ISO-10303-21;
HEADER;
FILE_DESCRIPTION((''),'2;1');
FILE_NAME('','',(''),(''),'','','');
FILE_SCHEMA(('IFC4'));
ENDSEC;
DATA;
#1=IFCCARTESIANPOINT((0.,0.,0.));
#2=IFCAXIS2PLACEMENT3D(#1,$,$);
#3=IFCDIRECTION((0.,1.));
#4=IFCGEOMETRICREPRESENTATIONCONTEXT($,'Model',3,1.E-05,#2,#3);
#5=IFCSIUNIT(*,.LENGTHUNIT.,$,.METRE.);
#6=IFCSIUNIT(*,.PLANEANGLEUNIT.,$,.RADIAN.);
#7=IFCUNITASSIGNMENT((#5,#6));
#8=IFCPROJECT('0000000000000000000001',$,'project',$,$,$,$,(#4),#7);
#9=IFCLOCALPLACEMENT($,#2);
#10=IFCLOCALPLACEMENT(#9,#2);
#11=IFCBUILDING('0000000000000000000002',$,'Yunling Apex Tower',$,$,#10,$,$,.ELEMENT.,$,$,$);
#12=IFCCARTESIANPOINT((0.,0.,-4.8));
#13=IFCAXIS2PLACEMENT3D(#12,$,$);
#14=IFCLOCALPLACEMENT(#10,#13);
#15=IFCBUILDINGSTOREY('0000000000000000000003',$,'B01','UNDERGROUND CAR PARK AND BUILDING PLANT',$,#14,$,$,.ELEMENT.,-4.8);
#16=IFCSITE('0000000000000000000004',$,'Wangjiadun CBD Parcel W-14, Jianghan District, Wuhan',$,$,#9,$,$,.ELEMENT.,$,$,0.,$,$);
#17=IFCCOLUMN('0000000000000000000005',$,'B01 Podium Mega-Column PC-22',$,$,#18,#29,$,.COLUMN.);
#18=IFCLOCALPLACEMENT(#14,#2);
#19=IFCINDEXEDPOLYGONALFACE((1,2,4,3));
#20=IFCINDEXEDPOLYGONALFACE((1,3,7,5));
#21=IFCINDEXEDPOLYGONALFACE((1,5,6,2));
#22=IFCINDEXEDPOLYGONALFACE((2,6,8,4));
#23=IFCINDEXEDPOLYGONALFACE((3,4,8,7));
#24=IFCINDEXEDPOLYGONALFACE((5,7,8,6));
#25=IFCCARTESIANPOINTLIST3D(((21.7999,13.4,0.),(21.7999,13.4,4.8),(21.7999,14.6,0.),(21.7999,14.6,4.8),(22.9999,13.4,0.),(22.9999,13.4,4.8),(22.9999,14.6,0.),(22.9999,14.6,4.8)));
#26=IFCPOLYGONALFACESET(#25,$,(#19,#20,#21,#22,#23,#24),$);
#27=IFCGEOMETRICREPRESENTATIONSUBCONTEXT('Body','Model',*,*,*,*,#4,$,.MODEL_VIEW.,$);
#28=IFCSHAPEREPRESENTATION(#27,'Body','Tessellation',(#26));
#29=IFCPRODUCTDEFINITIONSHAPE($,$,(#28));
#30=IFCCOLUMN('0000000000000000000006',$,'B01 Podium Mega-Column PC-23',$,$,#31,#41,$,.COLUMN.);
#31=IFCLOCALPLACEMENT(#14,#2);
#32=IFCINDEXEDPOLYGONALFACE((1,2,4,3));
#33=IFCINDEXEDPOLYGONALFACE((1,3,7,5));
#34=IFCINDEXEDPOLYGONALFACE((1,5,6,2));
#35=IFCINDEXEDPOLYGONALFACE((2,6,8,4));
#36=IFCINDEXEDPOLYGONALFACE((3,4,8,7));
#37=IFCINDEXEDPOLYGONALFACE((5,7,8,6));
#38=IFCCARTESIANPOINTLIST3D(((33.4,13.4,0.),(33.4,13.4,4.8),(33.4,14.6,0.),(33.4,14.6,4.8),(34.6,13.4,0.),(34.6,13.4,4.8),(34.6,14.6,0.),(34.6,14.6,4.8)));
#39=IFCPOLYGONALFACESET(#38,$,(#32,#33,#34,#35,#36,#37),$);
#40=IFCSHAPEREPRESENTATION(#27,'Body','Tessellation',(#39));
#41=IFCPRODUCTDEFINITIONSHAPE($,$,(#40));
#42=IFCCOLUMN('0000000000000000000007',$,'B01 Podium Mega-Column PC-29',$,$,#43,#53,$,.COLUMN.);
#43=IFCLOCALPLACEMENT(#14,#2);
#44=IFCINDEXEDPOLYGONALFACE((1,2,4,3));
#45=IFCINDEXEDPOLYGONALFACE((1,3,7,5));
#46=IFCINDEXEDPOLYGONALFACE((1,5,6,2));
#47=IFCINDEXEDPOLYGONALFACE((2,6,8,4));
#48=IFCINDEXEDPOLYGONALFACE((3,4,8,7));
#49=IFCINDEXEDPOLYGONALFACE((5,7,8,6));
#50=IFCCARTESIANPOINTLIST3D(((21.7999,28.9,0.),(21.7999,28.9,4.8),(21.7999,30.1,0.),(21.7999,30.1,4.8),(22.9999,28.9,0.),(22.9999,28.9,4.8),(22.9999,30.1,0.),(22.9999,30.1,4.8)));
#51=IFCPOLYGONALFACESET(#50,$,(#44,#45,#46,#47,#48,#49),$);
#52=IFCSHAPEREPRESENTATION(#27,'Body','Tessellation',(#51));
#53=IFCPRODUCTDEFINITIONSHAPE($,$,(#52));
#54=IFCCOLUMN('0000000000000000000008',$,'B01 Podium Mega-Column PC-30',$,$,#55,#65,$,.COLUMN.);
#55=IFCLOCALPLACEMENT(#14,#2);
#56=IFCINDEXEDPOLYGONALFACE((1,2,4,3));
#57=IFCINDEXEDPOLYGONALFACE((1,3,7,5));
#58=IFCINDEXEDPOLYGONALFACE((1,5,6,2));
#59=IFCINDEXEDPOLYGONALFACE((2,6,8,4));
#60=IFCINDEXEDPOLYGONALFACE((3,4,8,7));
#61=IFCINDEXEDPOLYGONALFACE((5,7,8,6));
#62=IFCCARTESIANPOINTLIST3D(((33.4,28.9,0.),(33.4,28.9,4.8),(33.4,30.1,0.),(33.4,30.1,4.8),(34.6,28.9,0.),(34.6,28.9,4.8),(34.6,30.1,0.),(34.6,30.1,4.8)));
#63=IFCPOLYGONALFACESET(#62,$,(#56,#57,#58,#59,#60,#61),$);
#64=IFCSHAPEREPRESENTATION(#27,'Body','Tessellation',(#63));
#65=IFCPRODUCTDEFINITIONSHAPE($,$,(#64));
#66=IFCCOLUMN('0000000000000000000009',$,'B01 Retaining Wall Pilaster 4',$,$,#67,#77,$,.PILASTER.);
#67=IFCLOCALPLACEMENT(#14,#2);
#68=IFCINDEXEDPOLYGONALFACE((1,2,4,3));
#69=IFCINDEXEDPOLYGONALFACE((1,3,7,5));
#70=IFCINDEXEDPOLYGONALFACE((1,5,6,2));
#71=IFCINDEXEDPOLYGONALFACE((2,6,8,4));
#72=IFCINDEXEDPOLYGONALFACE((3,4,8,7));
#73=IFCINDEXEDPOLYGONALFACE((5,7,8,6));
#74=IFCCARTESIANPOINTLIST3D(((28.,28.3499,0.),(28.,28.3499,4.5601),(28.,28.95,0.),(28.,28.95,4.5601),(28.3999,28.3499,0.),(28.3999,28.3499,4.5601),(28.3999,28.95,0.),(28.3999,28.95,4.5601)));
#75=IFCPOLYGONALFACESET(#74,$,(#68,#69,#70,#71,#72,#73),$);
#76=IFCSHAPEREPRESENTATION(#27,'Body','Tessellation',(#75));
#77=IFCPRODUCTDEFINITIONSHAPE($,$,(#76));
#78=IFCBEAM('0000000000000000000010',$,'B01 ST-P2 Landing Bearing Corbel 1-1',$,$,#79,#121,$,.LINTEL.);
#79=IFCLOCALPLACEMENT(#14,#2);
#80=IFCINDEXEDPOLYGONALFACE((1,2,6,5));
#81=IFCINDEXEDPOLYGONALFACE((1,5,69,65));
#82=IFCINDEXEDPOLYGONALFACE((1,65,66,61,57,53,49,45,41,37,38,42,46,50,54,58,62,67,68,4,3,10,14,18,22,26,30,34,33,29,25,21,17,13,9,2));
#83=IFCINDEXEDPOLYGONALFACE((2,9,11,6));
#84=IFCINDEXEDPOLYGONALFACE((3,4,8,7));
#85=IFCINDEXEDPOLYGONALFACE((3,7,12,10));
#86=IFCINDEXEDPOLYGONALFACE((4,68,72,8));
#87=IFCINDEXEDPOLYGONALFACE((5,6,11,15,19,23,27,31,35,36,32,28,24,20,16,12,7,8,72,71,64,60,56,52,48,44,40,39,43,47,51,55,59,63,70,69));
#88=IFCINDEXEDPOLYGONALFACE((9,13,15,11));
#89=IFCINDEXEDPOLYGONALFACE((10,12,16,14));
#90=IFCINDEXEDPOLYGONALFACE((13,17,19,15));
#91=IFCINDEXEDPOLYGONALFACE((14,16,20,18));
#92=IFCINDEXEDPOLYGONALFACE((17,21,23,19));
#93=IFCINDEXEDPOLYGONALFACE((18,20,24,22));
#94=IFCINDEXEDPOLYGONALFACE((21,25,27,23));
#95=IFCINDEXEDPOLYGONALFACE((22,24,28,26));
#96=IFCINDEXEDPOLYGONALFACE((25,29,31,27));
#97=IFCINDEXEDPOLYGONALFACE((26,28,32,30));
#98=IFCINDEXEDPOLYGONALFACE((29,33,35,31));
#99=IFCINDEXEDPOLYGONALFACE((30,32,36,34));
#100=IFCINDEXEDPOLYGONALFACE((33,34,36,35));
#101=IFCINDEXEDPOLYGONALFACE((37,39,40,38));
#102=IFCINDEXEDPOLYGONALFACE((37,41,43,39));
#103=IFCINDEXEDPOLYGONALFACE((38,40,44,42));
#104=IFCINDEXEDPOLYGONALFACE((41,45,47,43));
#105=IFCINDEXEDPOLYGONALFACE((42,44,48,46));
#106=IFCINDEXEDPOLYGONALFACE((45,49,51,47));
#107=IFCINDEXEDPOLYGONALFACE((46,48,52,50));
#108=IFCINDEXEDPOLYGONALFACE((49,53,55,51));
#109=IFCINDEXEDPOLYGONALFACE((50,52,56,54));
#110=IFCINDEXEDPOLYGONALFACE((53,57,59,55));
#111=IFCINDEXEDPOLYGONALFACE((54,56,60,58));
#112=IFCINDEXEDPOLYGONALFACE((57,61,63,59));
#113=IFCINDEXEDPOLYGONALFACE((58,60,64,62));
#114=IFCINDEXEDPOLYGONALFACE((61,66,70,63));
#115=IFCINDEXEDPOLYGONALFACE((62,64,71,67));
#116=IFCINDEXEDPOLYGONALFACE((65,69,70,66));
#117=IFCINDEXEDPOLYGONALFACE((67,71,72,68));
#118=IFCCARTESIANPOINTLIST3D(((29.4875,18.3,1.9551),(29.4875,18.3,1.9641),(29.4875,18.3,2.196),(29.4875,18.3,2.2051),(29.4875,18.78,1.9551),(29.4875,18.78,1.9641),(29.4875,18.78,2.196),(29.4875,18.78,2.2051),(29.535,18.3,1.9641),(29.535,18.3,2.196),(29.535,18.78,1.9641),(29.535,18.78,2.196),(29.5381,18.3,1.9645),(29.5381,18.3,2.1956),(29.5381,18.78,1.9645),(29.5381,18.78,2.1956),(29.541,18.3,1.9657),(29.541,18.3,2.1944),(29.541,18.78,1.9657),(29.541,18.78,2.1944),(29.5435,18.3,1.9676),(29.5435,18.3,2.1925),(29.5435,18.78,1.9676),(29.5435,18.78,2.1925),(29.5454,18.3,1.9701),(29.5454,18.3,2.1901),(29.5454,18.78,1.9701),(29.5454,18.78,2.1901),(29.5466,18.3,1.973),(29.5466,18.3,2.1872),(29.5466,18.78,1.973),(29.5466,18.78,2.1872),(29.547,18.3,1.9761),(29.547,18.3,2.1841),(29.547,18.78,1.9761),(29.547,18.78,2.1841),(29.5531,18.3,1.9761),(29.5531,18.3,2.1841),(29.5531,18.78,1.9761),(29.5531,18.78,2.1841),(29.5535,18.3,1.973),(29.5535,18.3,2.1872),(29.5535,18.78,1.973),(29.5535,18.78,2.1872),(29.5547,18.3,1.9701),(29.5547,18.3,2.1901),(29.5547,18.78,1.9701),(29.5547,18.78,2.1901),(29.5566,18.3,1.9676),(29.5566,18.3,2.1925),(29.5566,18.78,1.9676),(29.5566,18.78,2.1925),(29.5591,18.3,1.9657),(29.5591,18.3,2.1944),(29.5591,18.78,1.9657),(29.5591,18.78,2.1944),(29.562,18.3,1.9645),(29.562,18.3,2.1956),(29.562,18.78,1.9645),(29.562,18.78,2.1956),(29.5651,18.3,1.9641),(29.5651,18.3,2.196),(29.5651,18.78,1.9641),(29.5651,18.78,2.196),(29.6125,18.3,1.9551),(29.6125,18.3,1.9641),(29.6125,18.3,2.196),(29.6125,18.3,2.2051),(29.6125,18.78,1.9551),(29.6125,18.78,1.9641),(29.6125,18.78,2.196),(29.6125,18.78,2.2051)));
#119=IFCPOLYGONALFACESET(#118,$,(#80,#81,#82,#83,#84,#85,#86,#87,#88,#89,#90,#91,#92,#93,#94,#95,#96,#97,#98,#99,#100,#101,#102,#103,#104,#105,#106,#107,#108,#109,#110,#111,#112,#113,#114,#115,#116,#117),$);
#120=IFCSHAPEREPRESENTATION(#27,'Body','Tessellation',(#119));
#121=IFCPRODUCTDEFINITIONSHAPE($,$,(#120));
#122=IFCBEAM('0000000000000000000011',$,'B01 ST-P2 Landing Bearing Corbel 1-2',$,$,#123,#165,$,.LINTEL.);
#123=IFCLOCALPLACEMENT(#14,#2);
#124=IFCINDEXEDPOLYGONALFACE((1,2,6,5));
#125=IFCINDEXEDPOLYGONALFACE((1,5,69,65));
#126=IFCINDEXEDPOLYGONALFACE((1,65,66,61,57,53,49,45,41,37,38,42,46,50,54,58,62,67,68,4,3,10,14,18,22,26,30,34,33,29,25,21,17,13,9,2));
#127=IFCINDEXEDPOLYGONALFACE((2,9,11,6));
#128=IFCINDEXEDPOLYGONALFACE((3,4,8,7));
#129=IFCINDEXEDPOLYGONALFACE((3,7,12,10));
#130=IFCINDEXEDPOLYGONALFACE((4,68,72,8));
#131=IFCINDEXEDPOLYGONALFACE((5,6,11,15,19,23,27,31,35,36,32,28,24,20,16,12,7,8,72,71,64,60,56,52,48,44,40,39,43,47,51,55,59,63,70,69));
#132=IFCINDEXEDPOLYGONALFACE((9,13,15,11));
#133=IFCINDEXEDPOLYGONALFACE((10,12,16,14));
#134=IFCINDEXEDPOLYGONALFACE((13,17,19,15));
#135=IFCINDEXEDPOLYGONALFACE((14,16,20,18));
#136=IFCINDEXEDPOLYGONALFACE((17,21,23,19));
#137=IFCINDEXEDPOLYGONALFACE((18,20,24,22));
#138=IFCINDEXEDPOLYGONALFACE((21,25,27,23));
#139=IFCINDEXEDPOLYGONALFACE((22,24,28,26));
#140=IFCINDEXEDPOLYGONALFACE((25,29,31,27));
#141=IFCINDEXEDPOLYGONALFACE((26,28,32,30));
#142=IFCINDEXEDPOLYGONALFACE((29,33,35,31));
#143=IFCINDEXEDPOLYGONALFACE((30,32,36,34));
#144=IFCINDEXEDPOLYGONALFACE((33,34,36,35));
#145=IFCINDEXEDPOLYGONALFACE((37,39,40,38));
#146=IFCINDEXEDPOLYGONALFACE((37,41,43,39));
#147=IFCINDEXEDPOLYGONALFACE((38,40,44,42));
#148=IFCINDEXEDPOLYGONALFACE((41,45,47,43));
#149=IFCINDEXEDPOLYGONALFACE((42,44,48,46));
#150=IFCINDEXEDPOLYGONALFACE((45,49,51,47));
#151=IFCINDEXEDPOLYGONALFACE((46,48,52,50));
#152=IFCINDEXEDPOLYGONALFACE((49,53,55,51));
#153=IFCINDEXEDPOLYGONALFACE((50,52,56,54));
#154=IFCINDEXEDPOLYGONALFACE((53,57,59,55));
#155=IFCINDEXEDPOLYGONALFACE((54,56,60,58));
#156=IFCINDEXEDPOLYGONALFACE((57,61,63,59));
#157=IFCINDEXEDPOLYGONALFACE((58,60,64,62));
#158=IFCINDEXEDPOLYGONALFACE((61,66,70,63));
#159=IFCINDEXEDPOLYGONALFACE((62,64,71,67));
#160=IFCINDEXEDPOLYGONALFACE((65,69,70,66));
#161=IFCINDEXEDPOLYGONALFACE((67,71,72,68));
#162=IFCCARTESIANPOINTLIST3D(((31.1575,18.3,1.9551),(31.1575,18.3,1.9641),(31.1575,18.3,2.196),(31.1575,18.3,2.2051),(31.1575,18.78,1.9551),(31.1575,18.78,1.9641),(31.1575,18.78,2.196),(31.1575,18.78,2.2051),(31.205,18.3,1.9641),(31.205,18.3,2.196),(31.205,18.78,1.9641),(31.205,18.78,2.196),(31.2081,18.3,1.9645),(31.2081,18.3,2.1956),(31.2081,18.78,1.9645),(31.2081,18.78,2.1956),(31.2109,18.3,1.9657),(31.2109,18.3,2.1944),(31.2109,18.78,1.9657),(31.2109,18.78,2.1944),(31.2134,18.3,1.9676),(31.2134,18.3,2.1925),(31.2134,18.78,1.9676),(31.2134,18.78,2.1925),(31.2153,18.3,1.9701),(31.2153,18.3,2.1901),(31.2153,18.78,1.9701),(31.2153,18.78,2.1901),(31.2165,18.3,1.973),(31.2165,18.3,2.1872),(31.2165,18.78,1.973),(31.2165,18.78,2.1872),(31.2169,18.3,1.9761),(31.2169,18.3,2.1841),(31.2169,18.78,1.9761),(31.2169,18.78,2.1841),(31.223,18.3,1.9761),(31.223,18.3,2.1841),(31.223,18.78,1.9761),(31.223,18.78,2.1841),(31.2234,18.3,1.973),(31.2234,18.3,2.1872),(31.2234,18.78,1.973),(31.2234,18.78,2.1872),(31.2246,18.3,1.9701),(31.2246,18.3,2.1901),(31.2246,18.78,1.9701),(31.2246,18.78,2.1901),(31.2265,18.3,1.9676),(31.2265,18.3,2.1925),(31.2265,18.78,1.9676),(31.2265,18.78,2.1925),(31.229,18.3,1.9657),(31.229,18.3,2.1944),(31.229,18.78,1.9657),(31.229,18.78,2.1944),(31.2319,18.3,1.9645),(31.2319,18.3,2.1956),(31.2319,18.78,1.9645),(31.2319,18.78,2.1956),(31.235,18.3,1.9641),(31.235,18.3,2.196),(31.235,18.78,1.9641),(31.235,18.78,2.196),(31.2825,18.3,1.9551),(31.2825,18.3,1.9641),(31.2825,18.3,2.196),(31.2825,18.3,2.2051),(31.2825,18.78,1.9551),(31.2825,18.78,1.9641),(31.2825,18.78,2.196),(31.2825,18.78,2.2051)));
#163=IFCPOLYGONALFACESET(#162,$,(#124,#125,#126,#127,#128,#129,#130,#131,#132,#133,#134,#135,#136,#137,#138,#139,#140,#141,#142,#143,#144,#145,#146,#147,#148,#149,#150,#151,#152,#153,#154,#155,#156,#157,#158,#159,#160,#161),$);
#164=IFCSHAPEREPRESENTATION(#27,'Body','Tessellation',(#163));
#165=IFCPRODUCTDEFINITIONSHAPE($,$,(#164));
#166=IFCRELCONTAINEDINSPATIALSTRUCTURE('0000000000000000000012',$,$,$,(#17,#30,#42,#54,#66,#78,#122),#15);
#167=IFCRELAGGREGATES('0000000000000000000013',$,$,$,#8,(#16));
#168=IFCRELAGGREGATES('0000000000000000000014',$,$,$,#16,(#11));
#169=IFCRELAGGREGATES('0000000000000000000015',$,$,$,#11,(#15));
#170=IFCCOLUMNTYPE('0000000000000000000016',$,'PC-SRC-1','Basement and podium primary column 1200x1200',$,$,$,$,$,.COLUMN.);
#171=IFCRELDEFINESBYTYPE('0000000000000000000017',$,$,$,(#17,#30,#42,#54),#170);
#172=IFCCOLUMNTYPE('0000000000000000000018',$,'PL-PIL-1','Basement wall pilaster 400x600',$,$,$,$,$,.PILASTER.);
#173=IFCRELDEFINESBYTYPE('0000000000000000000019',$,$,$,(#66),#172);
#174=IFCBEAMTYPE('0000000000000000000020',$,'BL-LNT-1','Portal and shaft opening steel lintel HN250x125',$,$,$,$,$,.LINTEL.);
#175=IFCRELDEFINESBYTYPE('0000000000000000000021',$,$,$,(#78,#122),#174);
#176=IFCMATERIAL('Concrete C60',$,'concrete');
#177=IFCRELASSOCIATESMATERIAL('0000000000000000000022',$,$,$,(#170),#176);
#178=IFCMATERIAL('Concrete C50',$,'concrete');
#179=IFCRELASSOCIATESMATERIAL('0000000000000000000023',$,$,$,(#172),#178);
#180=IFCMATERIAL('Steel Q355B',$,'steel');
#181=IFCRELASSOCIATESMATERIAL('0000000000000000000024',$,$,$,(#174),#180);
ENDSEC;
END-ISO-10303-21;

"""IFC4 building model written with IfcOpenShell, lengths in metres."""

from ifc_helpers import new_model, si_unit, direction, frame, origin, origin_2d, place, context, subcontext, project, spatial, rectangle, i_section, extrude, source, transform, mapped, material, material_profile, profile_set, type_object, element, save


model = new_model("IFC4")

# Units and contexts
model_context = context("Model", 3, precision=1e-05, world=origin(), true_north=direction((0.0, 1.0)))
body_context = subcontext(model_context, "Body", "Model", "MODEL_VIEW")
ifc_project = project(units=[si_unit("LENGTHUNIT", "METRE"), si_unit("PLANEANGLEUNIT", "RADIAN")], contexts=[model_context])

# Site, building, storey
site_placement = place(None, origin())
site = spatial("IfcSite", under=ifc_project, at=site_placement, Name="Wangjiadun CBD Parcel W-14, Jianghan District, Wuhan", CompositionType="ELEMENT", RefElevation=0.0)
building_placement = place(site_placement, origin())
building = spatial("IfcBuilding", under=site, at=building_placement, Name="Yunling Apex Tower", CompositionType="ELEMENT")
storey_placement = place(building_placement, frame((0.0, 0.0, -4.8)))
storey = spatial("IfcBuildingStorey", under=building, at=storey_placement, Name="B01", Description="UNDERGROUND CAR PARK AND BUILDING PLANT", CompositionType="ELEMENT", Elevation=-4.8)

# Columns
ifc_material_1 = material(Name="Concrete C60", Category="concrete")
ifc_material_profile_1 = material_profile(ifc_material_1, rectangle(XDim=1.2, YDim=1.2, at=origin_2d()))
ifc_profile_set_1 = profile_set([ifc_material_profile_1], Name="Concrete C60")
column_type_1 = type_object("IfcColumnType", Name="PC-SRC-1", Description="Basement and podium primary column 1200x1200", PredefinedType="COLUMN", material=ifc_profile_set_1)
shared_shape_1 = source(origin(), body_context, "Body", "SweptSolid", [
    extrude(rectangle(XDim=1.2, YDim=1.2, at=origin_2d()), origin(), (0.0, 0.0, 1.0), 4.8),
])
for number, where, z_axis, x_axis, name in (
    (1, (22.3999, 14.0, 0.0), (0.0, 0.0, 1.0), (1.0, 0.0, 0.0), "B01 Podium Mega-Column PC-22"),
    (2, (34.0, 14.0, 0.0), (0.0, 0.0, 1.0), (1.0, 0.0, 0.0), "B01 Podium Mega-Column PC-23"),
    (3, (22.3999, 29.5, 0.0), (0.0, 0.0, 1.0), (1.0, 0.0, 0.0), "B01 Podium Mega-Column PC-29"),
    (4, (34.0, 29.5, 0.0), (0.0, 0.0, 1.0), (1.0, 0.0, 0.0), "B01 Podium Mega-Column PC-30"),
):
    element("IfcColumn", number, at=place(storey_placement, frame(where, z_axis=z_axis, x_axis=x_axis)), inside=storey, type_object=column_type_1, Name=name, PredefinedType="COLUMN", context=body_context, shape_type="MappedRepresentation", body=[
        mapped(shared_shape_1, transform((0.0, 0.0, 0.0), scale=1.0)),
    ])
ifc_material_2 = material(Name="Concrete C50", Category="concrete")
ifc_material_profile_2 = material_profile(ifc_material_2, rectangle(XDim=0.3999, YDim=0.6001, at=origin_2d()))
ifc_profile_set_2 = profile_set([ifc_material_profile_2], Name="Concrete C50")
column_type_2 = type_object("IfcColumnType", Name="PL-PIL-1", Description="Basement wall pilaster 400x600", PredefinedType="PILASTER", material=ifc_profile_set_2)
shared_shape_2 = source(origin(), body_context, "Body", "SweptSolid", [
    extrude(rectangle(XDim=0.3999, YDim=0.6001, at=origin_2d()), origin(), (0.0, 0.0, 1.0), 4.5601),
])
column_placement = place(storey_placement, frame((28.2, 28.6499, 0.0), z_axis=(0.0, 0.0, 1.0), x_axis=(1.0, 0.0, 0.0)))
element("IfcColumn", 5, at=column_placement, inside=storey, type_object=column_type_2, Name="B01 Retaining Wall Pilaster 4", PredefinedType="PILASTER", context=body_context, shape_type="MappedRepresentation", body=[
    mapped(shared_shape_2, transform((0.0, 0.0, 0.0), scale=1.0)),
])

# Beams
ifc_material_3 = material(Name="Steel Q355B", Category="steel")
ifc_material_profile_3 = material_profile(ifc_material_3, i_section(OverallWidth=0.125, OverallDepth=0.25, WebThickness=0.0061, FlangeThickness=0.009, FilletRadius=0.012, at=origin_2d()))
ifc_profile_set_3 = profile_set([ifc_material_profile_3], Name="Steel Q355B")
beam_type_1 = type_object("IfcBeamType", Name="BL-LNT-1", Description="Portal and shaft opening steel lintel HN250x125", PredefinedType="LINTEL", material=ifc_profile_set_3)
shared_shape_3 = source(origin(), body_context, "Body", "SweptSolid", [
    extrude(i_section(OverallWidth=0.125, OverallDepth=0.25, WebThickness=0.0061, FlangeThickness=0.009, FilletRadius=0.012, at=origin_2d()), origin(), (0.0, 0.0, 1.0), 0.48),
])
for number, where, z_axis, x_axis, name in (
    (6, (29.55, 18.78, 2.0801), (0.0, -1.0, 0.0), (1.0, 0.0, 0.0), "B01 ST-P2 Landing Bearing Corbel 1-1"),
    (7, (31.22, 18.78, 2.0801), (0.0, -1.0, 0.0), (1.0, 0.0, 0.0), "B01 ST-P2 Landing Bearing Corbel 1-2"),
):
    element("IfcBeam", number, at=place(storey_placement, frame(where, z_axis=z_axis, x_axis=x_axis)), inside=storey, type_object=beam_type_1, Name=name, PredefinedType="LINTEL", context=body_context, shape_type="MappedRepresentation", body=[
        mapped(shared_shape_3, transform((0.0, 0.0, 0.0), scale=1.0)),
    ])

save(model, "model.ifc")
